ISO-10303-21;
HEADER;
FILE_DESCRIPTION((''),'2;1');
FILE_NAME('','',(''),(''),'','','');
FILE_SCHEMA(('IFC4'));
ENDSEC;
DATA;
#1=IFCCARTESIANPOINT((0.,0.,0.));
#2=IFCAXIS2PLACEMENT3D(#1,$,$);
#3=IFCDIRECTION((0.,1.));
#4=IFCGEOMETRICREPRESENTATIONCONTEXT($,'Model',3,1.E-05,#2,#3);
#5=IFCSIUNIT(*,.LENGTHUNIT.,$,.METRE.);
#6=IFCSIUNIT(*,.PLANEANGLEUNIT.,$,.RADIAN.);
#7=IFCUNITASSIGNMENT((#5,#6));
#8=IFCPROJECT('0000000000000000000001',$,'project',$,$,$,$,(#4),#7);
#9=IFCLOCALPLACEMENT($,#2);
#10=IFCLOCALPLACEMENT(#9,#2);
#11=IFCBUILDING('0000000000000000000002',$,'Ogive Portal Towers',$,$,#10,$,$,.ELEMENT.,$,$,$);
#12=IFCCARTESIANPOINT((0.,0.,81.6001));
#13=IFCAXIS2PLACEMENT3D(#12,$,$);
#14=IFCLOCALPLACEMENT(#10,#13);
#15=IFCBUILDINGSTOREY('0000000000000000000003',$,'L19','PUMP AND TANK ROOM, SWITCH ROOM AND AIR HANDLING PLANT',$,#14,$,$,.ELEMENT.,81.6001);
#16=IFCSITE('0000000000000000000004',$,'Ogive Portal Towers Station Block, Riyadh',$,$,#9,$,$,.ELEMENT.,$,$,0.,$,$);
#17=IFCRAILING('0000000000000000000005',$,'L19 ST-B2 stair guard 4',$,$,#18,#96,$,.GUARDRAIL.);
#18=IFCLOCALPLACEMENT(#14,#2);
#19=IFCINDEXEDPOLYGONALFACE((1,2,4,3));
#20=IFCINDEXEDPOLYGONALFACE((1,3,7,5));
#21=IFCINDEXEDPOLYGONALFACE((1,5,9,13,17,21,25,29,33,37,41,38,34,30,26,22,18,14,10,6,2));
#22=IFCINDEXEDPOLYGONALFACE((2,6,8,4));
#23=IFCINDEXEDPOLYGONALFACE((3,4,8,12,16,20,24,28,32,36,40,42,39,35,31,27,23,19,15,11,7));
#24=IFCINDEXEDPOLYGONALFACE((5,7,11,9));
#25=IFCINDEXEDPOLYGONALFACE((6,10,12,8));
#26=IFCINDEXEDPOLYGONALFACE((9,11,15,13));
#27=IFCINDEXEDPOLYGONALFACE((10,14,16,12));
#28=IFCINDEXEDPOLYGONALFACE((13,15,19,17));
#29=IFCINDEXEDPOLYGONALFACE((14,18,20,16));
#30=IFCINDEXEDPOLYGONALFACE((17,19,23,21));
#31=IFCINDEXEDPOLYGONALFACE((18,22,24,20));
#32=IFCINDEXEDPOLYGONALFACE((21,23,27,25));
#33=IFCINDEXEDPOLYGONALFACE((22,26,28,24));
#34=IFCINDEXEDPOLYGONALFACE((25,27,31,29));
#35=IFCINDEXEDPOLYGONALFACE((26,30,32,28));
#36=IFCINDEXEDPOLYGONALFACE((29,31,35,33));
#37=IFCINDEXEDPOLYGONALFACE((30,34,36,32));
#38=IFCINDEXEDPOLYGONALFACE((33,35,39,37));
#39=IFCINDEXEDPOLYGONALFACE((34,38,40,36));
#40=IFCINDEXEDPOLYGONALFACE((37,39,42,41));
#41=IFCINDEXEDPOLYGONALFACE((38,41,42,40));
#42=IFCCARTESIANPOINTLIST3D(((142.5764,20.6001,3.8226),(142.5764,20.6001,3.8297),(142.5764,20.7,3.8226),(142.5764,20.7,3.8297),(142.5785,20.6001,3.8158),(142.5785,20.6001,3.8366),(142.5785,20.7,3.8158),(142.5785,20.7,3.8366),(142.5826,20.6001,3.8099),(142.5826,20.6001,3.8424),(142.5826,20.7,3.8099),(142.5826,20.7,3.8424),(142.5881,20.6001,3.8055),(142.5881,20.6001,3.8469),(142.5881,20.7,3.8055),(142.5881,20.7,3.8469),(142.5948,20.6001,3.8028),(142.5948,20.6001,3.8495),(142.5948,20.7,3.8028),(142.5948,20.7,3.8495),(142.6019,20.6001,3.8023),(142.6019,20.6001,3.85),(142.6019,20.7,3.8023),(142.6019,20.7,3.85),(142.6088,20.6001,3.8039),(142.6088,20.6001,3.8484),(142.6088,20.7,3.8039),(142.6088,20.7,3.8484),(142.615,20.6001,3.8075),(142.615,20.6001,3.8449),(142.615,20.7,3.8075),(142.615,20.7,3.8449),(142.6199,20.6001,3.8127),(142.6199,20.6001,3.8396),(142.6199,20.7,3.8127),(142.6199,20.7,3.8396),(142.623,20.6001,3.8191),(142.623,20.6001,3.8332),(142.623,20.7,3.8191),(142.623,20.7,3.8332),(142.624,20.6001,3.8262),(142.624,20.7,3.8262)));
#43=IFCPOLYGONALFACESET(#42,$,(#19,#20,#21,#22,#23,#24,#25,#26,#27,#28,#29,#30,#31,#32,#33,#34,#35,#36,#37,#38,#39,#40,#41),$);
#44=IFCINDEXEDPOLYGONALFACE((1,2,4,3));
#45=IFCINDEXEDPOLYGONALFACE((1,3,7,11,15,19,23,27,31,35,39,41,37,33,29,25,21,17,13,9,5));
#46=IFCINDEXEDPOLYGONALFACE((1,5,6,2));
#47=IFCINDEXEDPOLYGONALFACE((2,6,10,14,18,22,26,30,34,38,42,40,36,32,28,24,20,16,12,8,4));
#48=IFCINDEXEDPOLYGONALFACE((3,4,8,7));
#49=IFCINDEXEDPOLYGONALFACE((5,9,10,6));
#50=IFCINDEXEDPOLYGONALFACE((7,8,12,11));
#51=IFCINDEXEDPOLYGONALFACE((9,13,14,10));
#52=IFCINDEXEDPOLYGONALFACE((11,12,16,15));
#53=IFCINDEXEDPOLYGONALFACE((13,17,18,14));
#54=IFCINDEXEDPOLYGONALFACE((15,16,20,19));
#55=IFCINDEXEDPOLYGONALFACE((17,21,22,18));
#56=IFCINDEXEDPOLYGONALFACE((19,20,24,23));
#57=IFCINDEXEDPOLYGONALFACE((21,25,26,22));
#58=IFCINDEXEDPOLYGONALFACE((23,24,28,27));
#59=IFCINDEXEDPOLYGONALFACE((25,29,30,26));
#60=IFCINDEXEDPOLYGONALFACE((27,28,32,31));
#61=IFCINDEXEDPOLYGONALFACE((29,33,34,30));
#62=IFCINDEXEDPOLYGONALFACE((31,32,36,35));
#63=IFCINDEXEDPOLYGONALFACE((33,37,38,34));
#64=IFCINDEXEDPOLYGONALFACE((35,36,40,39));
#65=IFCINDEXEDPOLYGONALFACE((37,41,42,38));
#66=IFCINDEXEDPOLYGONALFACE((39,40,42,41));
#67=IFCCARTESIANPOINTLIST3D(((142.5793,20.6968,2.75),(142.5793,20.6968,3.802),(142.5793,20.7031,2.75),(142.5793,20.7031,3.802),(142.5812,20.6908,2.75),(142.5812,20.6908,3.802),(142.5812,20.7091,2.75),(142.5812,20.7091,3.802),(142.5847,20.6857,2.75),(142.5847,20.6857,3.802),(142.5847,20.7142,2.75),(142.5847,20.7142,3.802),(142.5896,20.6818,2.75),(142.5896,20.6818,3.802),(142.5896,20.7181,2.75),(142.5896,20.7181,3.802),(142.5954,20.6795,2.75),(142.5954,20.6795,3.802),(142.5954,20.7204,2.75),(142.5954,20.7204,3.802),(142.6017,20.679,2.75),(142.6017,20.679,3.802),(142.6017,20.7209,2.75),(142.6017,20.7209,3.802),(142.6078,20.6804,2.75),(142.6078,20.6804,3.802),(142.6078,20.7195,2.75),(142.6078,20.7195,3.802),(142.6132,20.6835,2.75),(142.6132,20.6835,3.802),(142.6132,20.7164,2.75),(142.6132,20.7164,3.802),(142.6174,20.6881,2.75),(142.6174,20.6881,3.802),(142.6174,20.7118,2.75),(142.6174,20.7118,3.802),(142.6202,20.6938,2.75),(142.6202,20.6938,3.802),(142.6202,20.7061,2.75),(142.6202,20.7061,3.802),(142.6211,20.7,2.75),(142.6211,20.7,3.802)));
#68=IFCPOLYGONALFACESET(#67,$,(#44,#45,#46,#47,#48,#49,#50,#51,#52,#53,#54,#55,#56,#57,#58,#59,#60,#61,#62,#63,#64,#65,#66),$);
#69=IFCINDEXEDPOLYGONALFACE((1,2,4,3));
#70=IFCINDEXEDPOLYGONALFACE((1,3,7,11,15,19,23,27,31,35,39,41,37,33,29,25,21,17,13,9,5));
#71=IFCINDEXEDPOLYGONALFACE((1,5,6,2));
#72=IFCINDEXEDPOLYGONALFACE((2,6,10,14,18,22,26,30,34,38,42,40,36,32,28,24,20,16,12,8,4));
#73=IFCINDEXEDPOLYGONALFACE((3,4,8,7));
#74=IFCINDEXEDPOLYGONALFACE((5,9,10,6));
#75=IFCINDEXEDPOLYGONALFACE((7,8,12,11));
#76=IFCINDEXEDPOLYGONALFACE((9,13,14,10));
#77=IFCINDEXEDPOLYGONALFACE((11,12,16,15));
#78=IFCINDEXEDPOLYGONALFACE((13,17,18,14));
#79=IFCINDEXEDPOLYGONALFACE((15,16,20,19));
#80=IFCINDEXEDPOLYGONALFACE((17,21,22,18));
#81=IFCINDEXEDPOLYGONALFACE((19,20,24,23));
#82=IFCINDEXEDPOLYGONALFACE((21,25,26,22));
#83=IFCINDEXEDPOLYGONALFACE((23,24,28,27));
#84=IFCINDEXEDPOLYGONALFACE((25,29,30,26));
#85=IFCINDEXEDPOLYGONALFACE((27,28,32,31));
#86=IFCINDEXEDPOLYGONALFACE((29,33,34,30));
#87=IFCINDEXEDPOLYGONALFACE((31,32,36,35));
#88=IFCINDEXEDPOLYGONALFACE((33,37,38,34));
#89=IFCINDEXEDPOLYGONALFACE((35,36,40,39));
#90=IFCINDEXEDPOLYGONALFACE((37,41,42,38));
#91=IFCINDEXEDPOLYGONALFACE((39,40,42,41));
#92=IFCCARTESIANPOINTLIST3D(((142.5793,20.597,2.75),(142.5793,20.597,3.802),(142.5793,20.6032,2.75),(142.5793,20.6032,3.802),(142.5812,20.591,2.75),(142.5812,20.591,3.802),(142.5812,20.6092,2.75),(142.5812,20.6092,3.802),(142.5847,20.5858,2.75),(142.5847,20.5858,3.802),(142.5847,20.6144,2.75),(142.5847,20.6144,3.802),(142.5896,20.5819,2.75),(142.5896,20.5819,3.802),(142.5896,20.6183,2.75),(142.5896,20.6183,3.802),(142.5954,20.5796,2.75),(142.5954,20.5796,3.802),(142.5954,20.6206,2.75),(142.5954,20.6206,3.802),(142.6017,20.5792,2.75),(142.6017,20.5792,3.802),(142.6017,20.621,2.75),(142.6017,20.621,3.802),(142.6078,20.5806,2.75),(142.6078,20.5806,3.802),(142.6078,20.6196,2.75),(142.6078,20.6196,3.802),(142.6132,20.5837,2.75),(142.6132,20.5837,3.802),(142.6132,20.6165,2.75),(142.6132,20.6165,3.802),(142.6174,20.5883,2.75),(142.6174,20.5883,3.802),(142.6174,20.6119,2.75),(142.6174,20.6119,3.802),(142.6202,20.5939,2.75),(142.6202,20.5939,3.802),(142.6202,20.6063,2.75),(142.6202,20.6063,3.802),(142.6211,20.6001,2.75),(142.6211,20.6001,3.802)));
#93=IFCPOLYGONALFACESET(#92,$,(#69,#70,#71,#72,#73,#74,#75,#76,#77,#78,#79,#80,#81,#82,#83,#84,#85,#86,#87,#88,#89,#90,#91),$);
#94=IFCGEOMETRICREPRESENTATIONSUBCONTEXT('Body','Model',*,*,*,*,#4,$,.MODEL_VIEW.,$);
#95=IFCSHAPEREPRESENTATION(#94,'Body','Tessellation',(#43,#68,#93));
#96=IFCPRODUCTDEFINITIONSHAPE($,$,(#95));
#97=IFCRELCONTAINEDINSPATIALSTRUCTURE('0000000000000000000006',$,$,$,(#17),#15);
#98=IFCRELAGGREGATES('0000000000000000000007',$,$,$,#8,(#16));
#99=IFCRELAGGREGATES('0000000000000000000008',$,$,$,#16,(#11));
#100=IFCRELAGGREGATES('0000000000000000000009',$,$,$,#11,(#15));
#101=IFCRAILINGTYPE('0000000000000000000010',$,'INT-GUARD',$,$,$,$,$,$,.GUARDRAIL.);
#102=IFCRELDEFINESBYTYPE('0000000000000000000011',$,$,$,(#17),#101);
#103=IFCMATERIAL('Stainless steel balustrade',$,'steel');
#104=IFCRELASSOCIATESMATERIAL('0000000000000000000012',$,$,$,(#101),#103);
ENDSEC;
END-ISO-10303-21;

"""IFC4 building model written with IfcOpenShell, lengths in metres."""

from ifc_helpers import new_model, si_unit, direction, frame, origin, origin_2d, place, context, subcontext, project, spatial, circle, extrude, material, type_object, element, save


model = new_model("IFC4")

# Units and contexts
model_context = context("Model", 3, precision=1e-05, world=origin(), true_north=direction((0.0, 1.0)))
body_context = subcontext(model_context, "Body", "Model", "MODEL_VIEW")
ifc_project = project(units=[si_unit("LENGTHUNIT", "METRE"), si_unit("PLANEANGLEUNIT", "RADIAN")], contexts=[model_context])

# Site, building, storey
site_placement = place(None, origin())
site = spatial("IfcSite", under=ifc_project, at=site_placement, Name="Ogive Portal Towers Station Block, Riyadh", CompositionType="ELEMENT", RefElevation=0.0)
building_placement = place(site_placement, origin())
building = spatial("IfcBuilding", under=site, at=building_placement, Name="Ogive Portal Towers", CompositionType="ELEMENT")
storey_placement = place(building_placement, frame((0.0, 0.0, 81.6001)))
storey = spatial("IfcBuildingStorey", under=building, at=storey_placement, Name="L19", Description="PUMP AND TANK ROOM, SWITCH ROOM AND AIR HANDLING PLANT", CompositionType="ELEMENT", Elevation=81.6001)

# Railing
ifc_material_1 = material(Name="Stainless steel balustrade", Category="steel")
railing_type_1 = type_object("IfcRailingType", Name="INT-GUARD", PredefinedType="GUARDRAIL", material=ifc_material_1)
railing_1_placement = place(storey_placement, frame((142.6001, 20.7, 2.75)))
element("IfcRailing", 1, at=railing_1_placement, inside=storey, type_object=railing_type_1, Name="L19 ST-B2 stair guard 4", PredefinedType="GUARDRAIL", context=body_context, shape_type="SweptSolid", body=[
    extrude(circle(Radius=0.0239, at=origin_2d()), frame((0.0, 0.0, 1.0762), z_axis=(0.0, -1.0, 0.0), x_axis=(1.0, 0.0, 0.0)), (0.0, 0.0, 1.0), 0.0999),
    extrude(circle(Radius=0.021, at=origin_2d()), origin(), (0.0, 0.0, 1.0), 1.052),
    extrude(circle(Radius=0.021, at=origin_2d()), frame((0.0, -0.0999, 0.0)), (0.0, 0.0, 1.0), 1.052),
])

save(model, "model.ifc")
